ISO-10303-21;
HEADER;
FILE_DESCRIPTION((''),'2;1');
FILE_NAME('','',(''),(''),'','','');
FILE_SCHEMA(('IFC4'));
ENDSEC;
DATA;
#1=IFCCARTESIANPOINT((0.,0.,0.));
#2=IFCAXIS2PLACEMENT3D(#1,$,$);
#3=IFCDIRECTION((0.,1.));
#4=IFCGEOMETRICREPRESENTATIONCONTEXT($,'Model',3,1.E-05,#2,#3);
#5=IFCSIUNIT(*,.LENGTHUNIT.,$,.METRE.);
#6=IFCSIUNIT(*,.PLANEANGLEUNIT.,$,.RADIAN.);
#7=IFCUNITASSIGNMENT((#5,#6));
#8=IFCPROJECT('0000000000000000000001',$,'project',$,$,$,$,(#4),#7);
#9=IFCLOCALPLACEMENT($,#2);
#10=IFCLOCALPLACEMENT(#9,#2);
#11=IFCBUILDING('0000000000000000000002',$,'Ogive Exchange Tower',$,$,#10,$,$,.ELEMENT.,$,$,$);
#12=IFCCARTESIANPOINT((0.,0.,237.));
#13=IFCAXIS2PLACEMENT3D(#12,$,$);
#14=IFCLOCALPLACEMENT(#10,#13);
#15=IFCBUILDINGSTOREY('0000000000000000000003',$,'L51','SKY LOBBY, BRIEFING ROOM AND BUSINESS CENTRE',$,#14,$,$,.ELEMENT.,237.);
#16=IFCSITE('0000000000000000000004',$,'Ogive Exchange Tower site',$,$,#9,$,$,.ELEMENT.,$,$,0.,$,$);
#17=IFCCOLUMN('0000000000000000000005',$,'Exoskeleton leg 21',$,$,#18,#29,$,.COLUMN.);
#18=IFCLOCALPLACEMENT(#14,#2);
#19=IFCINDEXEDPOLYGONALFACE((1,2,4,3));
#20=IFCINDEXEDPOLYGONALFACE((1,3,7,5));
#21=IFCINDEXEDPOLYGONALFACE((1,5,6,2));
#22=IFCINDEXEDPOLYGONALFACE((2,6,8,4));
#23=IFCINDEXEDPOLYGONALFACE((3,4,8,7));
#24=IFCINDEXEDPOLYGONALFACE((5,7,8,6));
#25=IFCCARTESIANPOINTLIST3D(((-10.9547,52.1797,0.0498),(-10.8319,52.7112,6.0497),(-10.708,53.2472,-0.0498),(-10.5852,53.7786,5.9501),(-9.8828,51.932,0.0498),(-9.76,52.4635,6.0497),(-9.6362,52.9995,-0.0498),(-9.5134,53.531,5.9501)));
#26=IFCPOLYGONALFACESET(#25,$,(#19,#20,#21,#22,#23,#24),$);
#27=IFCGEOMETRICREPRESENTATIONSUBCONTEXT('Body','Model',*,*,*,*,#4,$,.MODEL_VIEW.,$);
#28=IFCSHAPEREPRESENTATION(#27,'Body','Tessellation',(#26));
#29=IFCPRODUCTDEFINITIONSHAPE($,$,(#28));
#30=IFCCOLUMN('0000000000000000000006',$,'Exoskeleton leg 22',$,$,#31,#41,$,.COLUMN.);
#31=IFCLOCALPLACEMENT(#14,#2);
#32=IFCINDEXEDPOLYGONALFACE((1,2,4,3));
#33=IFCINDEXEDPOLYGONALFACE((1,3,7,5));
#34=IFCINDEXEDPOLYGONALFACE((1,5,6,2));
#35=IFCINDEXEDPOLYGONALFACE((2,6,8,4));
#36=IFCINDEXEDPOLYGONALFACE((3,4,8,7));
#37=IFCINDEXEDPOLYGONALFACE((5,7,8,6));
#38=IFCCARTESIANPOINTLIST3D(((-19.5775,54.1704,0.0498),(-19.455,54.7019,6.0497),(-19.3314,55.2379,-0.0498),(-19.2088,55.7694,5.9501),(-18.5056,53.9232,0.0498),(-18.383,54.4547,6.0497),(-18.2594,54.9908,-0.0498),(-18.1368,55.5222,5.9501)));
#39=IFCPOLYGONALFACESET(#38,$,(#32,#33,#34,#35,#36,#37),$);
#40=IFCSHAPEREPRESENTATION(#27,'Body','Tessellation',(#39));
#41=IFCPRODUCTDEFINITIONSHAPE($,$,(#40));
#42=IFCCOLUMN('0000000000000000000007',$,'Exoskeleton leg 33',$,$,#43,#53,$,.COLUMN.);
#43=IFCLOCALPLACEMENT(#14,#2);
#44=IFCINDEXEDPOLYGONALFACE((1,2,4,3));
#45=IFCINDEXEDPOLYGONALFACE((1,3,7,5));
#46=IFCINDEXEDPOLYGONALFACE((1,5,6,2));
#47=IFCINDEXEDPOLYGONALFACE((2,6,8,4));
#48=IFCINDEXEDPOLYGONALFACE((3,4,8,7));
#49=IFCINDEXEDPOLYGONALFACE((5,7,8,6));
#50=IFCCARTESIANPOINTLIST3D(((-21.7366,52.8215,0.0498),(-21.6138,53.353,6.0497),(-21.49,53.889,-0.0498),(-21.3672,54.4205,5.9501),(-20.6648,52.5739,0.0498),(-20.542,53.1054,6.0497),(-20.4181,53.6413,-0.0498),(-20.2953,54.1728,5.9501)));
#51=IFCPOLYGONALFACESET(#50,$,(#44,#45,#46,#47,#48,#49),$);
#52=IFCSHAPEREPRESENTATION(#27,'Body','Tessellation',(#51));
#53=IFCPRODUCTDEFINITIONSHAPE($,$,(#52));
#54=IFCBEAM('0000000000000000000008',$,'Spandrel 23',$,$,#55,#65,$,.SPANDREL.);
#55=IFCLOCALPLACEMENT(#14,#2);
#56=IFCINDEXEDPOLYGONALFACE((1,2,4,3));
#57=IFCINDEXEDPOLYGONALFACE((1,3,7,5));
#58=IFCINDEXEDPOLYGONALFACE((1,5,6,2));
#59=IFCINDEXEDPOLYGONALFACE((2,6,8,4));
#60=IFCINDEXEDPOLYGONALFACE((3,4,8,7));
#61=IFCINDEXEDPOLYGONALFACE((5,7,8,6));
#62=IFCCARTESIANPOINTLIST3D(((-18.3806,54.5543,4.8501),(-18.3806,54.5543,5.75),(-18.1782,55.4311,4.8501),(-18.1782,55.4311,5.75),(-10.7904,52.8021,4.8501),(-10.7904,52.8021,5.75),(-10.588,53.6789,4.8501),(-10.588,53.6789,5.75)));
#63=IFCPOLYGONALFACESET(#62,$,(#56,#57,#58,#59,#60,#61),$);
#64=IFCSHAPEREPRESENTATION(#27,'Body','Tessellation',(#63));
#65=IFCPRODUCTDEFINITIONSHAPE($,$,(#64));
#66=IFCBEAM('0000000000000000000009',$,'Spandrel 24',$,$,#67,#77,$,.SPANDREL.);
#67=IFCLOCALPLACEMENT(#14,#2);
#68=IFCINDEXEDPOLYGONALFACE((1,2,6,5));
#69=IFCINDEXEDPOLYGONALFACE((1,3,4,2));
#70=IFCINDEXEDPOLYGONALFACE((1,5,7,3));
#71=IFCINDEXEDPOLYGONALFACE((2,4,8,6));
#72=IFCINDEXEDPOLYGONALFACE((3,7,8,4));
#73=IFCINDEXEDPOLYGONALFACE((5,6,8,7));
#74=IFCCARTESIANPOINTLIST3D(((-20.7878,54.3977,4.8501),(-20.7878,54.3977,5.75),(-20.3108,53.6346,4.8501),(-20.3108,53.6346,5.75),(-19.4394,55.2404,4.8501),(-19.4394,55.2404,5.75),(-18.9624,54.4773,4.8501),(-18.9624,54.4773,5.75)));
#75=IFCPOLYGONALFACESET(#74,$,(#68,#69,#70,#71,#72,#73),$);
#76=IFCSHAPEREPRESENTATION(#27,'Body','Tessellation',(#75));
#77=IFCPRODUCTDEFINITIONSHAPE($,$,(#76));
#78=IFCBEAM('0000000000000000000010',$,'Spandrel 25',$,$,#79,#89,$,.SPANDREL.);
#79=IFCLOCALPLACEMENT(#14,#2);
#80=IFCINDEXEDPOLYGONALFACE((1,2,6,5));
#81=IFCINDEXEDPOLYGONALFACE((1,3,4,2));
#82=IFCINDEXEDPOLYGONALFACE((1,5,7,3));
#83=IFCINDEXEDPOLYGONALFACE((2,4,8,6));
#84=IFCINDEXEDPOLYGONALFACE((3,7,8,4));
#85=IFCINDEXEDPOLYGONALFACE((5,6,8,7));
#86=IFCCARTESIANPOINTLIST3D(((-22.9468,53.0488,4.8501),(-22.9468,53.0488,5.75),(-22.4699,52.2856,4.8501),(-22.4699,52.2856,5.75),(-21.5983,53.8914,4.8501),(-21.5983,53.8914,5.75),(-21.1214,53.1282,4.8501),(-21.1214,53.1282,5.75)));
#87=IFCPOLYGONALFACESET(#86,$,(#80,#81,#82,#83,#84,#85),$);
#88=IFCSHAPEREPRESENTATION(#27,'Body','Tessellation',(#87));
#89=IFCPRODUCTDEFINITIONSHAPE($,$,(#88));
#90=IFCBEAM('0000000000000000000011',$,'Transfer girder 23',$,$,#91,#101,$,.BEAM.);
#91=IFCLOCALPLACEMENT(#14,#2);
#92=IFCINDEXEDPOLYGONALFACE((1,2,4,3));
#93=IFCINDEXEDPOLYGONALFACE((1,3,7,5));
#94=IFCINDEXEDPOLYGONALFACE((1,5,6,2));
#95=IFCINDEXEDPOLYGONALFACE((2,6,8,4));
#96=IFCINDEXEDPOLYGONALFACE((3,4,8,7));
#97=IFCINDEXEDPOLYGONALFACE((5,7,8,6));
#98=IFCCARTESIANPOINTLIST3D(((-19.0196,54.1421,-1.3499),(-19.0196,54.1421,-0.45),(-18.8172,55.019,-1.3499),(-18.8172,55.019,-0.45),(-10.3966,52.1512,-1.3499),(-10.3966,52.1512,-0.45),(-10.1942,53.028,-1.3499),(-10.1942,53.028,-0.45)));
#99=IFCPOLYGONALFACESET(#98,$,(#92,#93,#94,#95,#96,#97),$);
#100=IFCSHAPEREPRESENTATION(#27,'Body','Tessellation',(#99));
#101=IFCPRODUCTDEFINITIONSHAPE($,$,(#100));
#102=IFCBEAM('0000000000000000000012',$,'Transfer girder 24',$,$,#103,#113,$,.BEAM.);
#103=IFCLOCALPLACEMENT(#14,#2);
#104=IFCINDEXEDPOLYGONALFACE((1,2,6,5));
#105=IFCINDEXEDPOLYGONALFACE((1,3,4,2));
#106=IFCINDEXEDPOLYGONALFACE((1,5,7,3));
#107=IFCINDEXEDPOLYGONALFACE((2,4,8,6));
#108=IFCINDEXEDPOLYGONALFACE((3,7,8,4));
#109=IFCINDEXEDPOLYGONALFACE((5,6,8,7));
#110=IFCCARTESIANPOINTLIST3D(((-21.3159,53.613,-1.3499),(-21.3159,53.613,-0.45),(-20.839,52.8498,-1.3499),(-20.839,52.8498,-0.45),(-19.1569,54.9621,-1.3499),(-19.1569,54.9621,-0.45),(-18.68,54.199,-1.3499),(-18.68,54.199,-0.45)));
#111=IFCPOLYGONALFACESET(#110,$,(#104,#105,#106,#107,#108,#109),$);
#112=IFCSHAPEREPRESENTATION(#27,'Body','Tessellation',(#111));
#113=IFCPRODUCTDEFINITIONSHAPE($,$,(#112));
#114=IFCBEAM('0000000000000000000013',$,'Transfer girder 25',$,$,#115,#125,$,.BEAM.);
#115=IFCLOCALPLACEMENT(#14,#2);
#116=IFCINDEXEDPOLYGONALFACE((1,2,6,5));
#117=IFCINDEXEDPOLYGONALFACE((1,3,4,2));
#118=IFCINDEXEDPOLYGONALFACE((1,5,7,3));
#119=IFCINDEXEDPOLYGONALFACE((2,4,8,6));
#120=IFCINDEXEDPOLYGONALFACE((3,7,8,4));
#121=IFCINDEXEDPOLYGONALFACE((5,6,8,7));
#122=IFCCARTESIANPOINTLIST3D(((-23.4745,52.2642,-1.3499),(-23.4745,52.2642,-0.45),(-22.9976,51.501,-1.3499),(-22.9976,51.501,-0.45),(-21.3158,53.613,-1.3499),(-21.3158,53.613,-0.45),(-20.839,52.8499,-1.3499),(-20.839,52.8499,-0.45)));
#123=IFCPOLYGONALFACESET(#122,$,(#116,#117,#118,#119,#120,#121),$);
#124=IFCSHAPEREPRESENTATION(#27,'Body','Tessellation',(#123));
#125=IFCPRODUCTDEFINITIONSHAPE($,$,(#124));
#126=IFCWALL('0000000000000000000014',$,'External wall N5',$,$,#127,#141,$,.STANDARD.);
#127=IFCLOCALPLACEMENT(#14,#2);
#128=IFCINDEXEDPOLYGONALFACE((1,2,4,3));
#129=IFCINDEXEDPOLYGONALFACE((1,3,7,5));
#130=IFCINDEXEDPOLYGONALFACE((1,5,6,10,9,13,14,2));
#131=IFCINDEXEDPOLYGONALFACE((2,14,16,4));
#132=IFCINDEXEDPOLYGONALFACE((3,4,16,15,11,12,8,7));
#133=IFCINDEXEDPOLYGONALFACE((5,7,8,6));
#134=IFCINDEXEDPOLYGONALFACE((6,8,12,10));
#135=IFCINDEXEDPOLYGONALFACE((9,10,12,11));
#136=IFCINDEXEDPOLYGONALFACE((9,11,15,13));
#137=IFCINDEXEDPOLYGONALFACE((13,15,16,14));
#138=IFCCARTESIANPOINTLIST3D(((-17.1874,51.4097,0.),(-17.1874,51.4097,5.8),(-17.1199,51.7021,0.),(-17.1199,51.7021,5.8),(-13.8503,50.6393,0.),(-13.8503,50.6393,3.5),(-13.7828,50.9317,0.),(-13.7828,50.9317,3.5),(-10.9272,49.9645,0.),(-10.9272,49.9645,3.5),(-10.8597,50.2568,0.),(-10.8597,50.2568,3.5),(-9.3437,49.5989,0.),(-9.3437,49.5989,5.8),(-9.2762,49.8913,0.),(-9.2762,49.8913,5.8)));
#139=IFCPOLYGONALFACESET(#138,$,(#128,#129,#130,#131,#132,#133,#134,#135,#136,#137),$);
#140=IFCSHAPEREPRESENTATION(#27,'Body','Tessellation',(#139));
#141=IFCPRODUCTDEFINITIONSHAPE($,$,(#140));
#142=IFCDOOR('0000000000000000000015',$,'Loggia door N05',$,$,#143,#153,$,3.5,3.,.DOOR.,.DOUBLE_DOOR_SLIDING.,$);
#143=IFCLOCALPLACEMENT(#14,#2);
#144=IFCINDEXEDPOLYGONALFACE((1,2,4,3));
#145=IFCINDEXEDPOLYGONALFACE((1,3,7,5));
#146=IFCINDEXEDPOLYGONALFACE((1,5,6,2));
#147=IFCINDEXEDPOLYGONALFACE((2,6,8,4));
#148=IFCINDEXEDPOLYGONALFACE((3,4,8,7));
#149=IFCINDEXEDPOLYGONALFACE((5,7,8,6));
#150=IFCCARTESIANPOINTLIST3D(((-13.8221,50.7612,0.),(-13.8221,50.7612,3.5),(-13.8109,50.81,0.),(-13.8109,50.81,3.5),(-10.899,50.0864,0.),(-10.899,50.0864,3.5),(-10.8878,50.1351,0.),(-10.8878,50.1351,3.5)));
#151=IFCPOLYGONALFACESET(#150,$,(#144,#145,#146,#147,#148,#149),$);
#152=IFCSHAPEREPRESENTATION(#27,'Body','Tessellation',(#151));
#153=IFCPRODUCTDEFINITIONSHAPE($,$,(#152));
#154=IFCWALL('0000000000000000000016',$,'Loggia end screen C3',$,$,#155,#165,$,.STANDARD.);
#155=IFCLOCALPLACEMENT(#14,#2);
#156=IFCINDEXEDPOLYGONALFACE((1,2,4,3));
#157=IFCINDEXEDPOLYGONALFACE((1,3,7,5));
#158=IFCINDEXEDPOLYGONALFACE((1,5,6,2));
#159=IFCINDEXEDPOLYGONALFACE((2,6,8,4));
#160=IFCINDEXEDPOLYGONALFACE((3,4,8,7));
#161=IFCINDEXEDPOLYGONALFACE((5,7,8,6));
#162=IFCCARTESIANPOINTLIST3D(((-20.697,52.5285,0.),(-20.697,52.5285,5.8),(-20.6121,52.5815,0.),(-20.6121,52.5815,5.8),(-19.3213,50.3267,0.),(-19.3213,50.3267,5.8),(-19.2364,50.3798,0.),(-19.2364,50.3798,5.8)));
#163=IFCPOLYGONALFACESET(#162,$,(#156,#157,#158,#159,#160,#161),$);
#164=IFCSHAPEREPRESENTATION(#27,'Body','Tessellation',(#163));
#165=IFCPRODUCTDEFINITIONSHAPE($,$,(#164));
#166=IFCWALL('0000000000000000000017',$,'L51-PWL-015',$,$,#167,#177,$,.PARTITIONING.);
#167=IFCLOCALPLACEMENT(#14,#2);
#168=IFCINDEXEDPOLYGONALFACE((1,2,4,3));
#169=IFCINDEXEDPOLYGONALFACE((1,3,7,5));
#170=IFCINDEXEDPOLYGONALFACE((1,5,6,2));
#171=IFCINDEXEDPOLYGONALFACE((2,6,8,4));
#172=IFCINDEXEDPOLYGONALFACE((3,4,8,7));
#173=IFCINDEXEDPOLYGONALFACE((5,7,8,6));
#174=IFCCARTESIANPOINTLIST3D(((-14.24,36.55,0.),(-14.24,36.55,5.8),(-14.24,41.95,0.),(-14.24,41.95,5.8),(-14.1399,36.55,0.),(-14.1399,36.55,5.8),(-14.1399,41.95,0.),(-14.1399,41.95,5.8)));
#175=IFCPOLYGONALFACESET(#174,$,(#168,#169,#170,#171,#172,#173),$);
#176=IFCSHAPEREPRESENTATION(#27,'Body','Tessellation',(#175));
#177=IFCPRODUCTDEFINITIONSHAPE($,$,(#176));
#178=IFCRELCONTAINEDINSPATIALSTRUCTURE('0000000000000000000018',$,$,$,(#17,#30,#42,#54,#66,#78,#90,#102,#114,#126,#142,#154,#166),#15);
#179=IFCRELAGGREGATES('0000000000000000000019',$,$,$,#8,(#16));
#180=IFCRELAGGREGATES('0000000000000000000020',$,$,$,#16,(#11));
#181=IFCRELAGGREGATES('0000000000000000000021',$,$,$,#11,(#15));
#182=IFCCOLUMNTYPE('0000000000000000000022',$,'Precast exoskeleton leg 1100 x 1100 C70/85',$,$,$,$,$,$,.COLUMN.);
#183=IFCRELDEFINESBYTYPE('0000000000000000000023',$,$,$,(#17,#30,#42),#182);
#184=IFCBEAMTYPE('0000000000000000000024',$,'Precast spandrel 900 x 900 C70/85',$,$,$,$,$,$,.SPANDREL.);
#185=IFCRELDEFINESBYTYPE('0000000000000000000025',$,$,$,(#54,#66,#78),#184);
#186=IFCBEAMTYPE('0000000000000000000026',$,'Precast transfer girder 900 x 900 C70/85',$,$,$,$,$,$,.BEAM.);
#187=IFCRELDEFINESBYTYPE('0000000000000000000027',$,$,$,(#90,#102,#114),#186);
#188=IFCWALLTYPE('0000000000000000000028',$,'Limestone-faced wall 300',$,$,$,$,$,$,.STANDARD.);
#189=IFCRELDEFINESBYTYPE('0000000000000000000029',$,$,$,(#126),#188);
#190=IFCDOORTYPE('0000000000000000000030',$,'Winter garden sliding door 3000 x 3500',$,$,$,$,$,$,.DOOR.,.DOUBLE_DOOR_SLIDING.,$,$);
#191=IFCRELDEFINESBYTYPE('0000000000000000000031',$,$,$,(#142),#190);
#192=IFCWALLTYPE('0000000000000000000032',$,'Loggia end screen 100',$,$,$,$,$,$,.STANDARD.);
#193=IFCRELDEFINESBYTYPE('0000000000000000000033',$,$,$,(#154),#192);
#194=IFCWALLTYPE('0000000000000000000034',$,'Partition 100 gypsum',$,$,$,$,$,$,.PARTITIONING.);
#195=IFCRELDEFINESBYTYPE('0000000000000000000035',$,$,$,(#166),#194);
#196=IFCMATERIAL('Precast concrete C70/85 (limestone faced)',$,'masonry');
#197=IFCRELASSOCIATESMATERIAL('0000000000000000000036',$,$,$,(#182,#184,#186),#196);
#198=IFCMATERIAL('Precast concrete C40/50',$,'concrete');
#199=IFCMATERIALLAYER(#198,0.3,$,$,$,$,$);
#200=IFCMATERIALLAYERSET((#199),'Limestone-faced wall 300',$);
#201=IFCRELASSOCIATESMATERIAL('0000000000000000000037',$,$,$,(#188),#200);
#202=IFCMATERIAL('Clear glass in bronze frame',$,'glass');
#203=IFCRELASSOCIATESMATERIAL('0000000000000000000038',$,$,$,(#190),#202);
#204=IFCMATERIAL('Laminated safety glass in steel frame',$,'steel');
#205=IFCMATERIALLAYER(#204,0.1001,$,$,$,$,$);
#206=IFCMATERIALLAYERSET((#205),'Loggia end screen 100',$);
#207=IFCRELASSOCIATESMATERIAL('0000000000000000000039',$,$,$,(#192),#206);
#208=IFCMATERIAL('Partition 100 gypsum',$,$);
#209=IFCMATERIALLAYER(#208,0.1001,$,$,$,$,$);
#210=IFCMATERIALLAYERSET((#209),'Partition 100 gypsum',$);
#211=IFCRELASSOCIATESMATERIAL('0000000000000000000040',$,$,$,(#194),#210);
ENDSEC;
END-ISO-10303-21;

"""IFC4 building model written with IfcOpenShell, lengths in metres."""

from ifc_helpers import new_model, si_unit, direction, frame, frame_2d, origin, origin_2d, place, context, subcontext, project, spatial, rectangle, extrude, material, layer, layer_set, material_profile, profile_set, type_object, element, fill, save


model = new_model("IFC4")

# Units and contexts
model_context = context("Model", 3, precision=1e-05, world=origin(), true_north=direction((0.0, 1.0)))
body_context = subcontext(model_context, "Body", "Model", "MODEL_VIEW")
ifc_project = project(units=[si_unit("LENGTHUNIT", "METRE"), si_unit("PLANEANGLEUNIT", "RADIAN")], contexts=[model_context])

# Site, building, storey
site_placement = place(None, origin())
site = spatial("IfcSite", under=ifc_project, at=site_placement, Name="Ogive Exchange Tower site", CompositionType="ELEMENT", RefElevation=0.0)
building_placement = place(site_placement, origin())
building = spatial("IfcBuilding", under=site, at=building_placement, Name="Ogive Exchange Tower", CompositionType="ELEMENT")
storey_placement = place(building_placement, frame((0.0, 0.0, 237.0)))
storey = spatial("IfcBuildingStorey", under=building, at=storey_placement, Name="L51", Description="SKY LOBBY, BRIEFING ROOM AND BUSINESS CENTRE", CompositionType="ELEMENT", Elevation=237.0)

# Columns
ifc_material_1 = material(Name="Precast concrete C70/85 (limestone faced)", Category="masonry")
ifc_material_profile_1 = material_profile(ifc_material_1, rectangle(XDim=1.1001, YDim=1.1001, at=origin_2d()), Name="1100 x 1100")
ifc_profile_set_1 = profile_set([ifc_material_profile_1], Name="Precast concrete C70/85 (limestone faced)")
column_type = type_object("IfcColumnType", Name="Precast exoskeleton leg 1100 x 1100 C70/85", PredefinedType="COLUMN", material=ifc_profile_set_1)
for number, where, z_axis, x_axis, name in (
    (1, (-10.2954, 52.5896, 0.0), (0.020383, 0.088219, 0.995893), (-0.974331, 0.225121, 0.0), "Exoskeleton leg 21"),
    (2, (-18.9185, 54.5806, 0.0), (0.020343, 0.088219, 0.995893), (-0.974429, 0.224696, 0.0), "Exoskeleton leg 22"),
    (3, (-21.0774, 53.2314, 0.0), (0.020383, 0.088219, 0.995893), (-0.974331, 0.225121, 0.0), "Exoskeleton leg 33"),
):
    element("IfcColumn", number, at=place(storey_placement, frame(where, z_axis=z_axis, x_axis=x_axis)), inside=storey, type_object=column_type, Name=name, PredefinedType="COLUMN", context=body_context, shape_type="SweptSolid", body=[
        extrude(rectangle(XDim=1.1001, YDim=1.1001, at=origin_2d()), origin(), (0.0, 0.0, 1.0), 6.0247),
    ])

# Beams
ifc_material_profile_2 = material_profile(ifc_material_1, rectangle(XDim=0.8999, YDim=0.8999, at=origin_2d()), Name="900 x 900")
ifc_profile_set_2 = profile_set([ifc_material_profile_2], Name="Precast concrete C70/85 (limestone faced)")
beam_type_1 = type_object("IfcBeamType", Name="Precast spandrel 900 x 900 C70/85", PredefinedType="SPANDREL", material=ifc_profile_set_2)
beam_1_placement = place(storey_placement, frame((-10.6892, 53.2405, 5.3), z_axis=(-0.974373, 0.224937, 0.0), x_axis=(-0.224937, -0.974373, 0.0)))
element("IfcBeam", 4, at=beam_1_placement, inside=storey, type_object=beam_type_1, Name="Spandrel 23", PredefinedType="SPANDREL", context=body_context, shape_type="SweptSolid", body=[
    extrude(rectangle(XDim=0.8999, YDim=0.8999, at=origin_2d()), origin(), (0.0, 0.0, 1.0), 7.7898),
])
for number, where, z_axis, x_axis, name in (
    (5, (-19.2009, 54.8589, 5.3), (-0.84799, -0.530013, 0.0), (0.530013, -0.84799, 0.0), "Spandrel 24"),
    (6, (-21.3599, 53.5098, 5.3), (-0.848059, -0.529902, 0.0), (0.529902, -0.848059, 0.0), "Spandrel 25"),
):
    element("IfcBeam", number, at=place(storey_placement, frame(where, z_axis=z_axis, x_axis=x_axis)), inside=storey, type_object=beam_type_1, Name=name, PredefinedType="SPANDREL", context=body_context, shape_type="SweptSolid", body=[
        extrude(rectangle(XDim=0.8999, YDim=0.8999, at=origin_2d()), origin(), (0.0, 0.0, 1.0), 1.5901),
    ])
ifc_material_profile_3 = material_profile(ifc_material_1, rectangle(XDim=0.8999, YDim=0.8999, at=origin_2d()), Name="900 x 900")
ifc_profile_set_3 = profile_set([ifc_material_profile_3], Name="Precast concrete C70/85 (limestone faced)")
beam_type_2 = type_object("IfcBeamType", Name="Precast transfer girder 900 x 900 C70/85", PredefinedType="BEAM", material=ifc_profile_set_3)
beam_2_placement = place(storey_placement, frame((-10.2954, 52.5896, -0.8999), z_axis=(-0.974366, 0.22497, 0.0), x_axis=(-0.22497, -0.974366, 0.0)))
element("IfcBeam", 7, at=beam_2_placement, inside=storey, type_object=beam_type_2, Name="Transfer girder 23", PredefinedType="BEAM", context=body_context, shape_type="SweptSolid", body=[
    extrude(rectangle(XDim=0.8999, YDim=0.8999, at=origin_2d()), origin(), (0.0, 0.0, 1.0), 8.8499),
])
beam_3_placement = place(storey_placement, frame((-18.9185, 54.5806, -0.8999), z_axis=(-0.848036, -0.529939, 0.0), x_axis=(0.529939, -0.848036, 0.0)))
element("IfcBeam", 8, at=beam_3_placement, inside=storey, type_object=beam_type_2, Name="Transfer girder 24", PredefinedType="BEAM", context=body_context, shape_type="SweptSolid", body=[
    extrude(rectangle(XDim=0.8999, YDim=0.8999, at=origin_2d()), origin(), (0.0, 0.0, 1.0), 2.5459),
])
beam_4_placement = place(storey_placement, frame((-21.0774, 53.2314, -0.8999), z_axis=(-0.848052, -0.529913, 0.0), x_axis=(0.529913, -0.848052, 0.0)))
element("IfcBeam", 9, at=beam_4_placement, inside=storey, type_object=beam_type_2, Name="Transfer girder 25", PredefinedType="BEAM", context=body_context, shape_type="SweptSolid", body=[
    extrude(rectangle(XDim=0.8999, YDim=0.8999, at=origin_2d()), origin(), (0.0, 0.0, 1.0), 2.5454),
])

# Wall, opening, door
ifc_material_2 = material(Name="Precast concrete C40/50", Category="concrete")
ifc_layer_1 = layer(ifc_material_2, 0.3)
ifc_layer_set_1 = layer_set([ifc_layer_1], Name="Limestone-faced wall 300")
wall_type_1 = type_object("IfcWallType", Name="Limestone-faced wall 300", PredefinedType="STANDARD", material=ifc_layer_set_1)
wall_1_placement = place(storey_placement, frame((-9.3101, 49.7451, 0.0), z_axis=(0.0, 0.0, 1.0), x_axis=(-0.974372, 0.224941, 0.0)))
wall_1 = element("IfcWall", 10, at=wall_1_placement, inside=storey, type_object=wall_type_1, Name="External wall N5", PredefinedType="STANDARD", context=body_context, shape_type="SweptSolid", body=[
    extrude(rectangle(XDim=8.05, YDim=0.3, at=frame_2d((4.0249, 0.0))), origin(), (0.0, 0.0, 1.0), 5.8),
])
opening_1_placement = place(wall_1_placement, frame((1.625, 0.0, 0.0)))
opening_1 = element("IfcOpeningElement", 11, at=opening_1_placement, cuts=wall_1, PredefinedType="OPENING", context=body_context, shape_type="SweptSolid", body=[
    extrude(rectangle(XDim=3.0, YDim=3.5, at=frame_2d((1.5, 1.75))), frame((0.0, 0.1599, 0.0), z_axis=(0.0, -1.0, 0.0), x_axis=(1.0, 0.0, 0.0)), (0.0, 0.0, 1.0), 0.3201),
])
ifc_material_3 = material(Name="Clear glass in bronze frame", Category="glass")
door_type_1 = type_object("IfcDoorType", Name="Winter garden sliding door 3000 x 3500", OperationType="DOUBLE_DOOR_SLIDING", PredefinedType="DOOR", material=ifc_material_3)
door_1_placement = place(opening_1_placement, origin())
door_1 = element("IfcDoor", 12, at=door_1_placement, inside=storey, type_object=door_type_1, Name="Loggia door N05", OperationType="DOUBLE_DOOR_SLIDING", OverallHeight=3.5, OverallWidth=3.0, PredefinedType="DOOR", context=body_context, shape_type="SweptSolid", body=[
    extrude(rectangle(XDim=3.0, YDim=3.5, at=frame_2d((1.5, 1.75))), frame((0.0, 0.0249, 0.0), z_axis=(0.0, -1.0, 0.0), x_axis=(1.0, 0.0, 0.0)), (0.0, 0.0, 1.0), 0.05),
])
fill(opening_1, door_1)

# Walls
ifc_material_4 = material(Name="Laminated safety glass in steel frame", Category="steel")
ifc_layer_2 = layer(ifc_material_4, 0.1001)
ifc_layer_set_2 = layer_set([ifc_layer_2], Name="Loggia end screen 100")
wall_type_2 = type_object("IfcWallType", Name="Loggia end screen 100", PredefinedType="STANDARD", material=ifc_layer_set_2)
wall_2_placement = place(storey_placement, frame((-19.2788, 50.3533, 0.0), z_axis=(0.0, 0.0, 1.0), x_axis=(-0.529914, 0.848051, 0.0)))
element("IfcWall", 13, at=wall_2_placement, inside=storey, type_object=wall_type_2, Name="Loggia end screen C3", PredefinedType="STANDARD", context=body_context, shape_type="SweptSolid", body=[
    extrude(rectangle(XDim=2.5962, YDim=0.1001, at=frame_2d((1.2981, 0.0))), origin(), (0.0, 0.0, 1.0), 5.8),
])
ifc_material_5 = material(Name="Partition 100 gypsum")
ifc_layer_3 = layer(ifc_material_5, 0.1001)
ifc_layer_set_3 = layer_set([ifc_layer_3], Name="Partition 100 gypsum")
wall_type_3 = type_object("IfcWallType", Name="Partition 100 gypsum", PredefinedType="PARTITIONING", material=ifc_layer_set_3)
wall_3_placement = place(storey_placement, frame((-14.1899, 36.55, 0.0), z_axis=(0.0, 0.0, 1.0), x_axis=(0.0, 1.0, 0.0)))
element("IfcWall", 14, at=wall_3_placement, inside=storey, type_object=wall_type_3, Name="L51-PWL-015", PredefinedType="PARTITIONING", context=body_context, shape_type="SweptSolid", body=[
    extrude(rectangle(XDim=5.3999, YDim=0.1001, at=frame_2d((2.7, 0.0))), origin(), (0.0, 0.0, 1.0), 5.8),
])

save(model, "model.ifc")
